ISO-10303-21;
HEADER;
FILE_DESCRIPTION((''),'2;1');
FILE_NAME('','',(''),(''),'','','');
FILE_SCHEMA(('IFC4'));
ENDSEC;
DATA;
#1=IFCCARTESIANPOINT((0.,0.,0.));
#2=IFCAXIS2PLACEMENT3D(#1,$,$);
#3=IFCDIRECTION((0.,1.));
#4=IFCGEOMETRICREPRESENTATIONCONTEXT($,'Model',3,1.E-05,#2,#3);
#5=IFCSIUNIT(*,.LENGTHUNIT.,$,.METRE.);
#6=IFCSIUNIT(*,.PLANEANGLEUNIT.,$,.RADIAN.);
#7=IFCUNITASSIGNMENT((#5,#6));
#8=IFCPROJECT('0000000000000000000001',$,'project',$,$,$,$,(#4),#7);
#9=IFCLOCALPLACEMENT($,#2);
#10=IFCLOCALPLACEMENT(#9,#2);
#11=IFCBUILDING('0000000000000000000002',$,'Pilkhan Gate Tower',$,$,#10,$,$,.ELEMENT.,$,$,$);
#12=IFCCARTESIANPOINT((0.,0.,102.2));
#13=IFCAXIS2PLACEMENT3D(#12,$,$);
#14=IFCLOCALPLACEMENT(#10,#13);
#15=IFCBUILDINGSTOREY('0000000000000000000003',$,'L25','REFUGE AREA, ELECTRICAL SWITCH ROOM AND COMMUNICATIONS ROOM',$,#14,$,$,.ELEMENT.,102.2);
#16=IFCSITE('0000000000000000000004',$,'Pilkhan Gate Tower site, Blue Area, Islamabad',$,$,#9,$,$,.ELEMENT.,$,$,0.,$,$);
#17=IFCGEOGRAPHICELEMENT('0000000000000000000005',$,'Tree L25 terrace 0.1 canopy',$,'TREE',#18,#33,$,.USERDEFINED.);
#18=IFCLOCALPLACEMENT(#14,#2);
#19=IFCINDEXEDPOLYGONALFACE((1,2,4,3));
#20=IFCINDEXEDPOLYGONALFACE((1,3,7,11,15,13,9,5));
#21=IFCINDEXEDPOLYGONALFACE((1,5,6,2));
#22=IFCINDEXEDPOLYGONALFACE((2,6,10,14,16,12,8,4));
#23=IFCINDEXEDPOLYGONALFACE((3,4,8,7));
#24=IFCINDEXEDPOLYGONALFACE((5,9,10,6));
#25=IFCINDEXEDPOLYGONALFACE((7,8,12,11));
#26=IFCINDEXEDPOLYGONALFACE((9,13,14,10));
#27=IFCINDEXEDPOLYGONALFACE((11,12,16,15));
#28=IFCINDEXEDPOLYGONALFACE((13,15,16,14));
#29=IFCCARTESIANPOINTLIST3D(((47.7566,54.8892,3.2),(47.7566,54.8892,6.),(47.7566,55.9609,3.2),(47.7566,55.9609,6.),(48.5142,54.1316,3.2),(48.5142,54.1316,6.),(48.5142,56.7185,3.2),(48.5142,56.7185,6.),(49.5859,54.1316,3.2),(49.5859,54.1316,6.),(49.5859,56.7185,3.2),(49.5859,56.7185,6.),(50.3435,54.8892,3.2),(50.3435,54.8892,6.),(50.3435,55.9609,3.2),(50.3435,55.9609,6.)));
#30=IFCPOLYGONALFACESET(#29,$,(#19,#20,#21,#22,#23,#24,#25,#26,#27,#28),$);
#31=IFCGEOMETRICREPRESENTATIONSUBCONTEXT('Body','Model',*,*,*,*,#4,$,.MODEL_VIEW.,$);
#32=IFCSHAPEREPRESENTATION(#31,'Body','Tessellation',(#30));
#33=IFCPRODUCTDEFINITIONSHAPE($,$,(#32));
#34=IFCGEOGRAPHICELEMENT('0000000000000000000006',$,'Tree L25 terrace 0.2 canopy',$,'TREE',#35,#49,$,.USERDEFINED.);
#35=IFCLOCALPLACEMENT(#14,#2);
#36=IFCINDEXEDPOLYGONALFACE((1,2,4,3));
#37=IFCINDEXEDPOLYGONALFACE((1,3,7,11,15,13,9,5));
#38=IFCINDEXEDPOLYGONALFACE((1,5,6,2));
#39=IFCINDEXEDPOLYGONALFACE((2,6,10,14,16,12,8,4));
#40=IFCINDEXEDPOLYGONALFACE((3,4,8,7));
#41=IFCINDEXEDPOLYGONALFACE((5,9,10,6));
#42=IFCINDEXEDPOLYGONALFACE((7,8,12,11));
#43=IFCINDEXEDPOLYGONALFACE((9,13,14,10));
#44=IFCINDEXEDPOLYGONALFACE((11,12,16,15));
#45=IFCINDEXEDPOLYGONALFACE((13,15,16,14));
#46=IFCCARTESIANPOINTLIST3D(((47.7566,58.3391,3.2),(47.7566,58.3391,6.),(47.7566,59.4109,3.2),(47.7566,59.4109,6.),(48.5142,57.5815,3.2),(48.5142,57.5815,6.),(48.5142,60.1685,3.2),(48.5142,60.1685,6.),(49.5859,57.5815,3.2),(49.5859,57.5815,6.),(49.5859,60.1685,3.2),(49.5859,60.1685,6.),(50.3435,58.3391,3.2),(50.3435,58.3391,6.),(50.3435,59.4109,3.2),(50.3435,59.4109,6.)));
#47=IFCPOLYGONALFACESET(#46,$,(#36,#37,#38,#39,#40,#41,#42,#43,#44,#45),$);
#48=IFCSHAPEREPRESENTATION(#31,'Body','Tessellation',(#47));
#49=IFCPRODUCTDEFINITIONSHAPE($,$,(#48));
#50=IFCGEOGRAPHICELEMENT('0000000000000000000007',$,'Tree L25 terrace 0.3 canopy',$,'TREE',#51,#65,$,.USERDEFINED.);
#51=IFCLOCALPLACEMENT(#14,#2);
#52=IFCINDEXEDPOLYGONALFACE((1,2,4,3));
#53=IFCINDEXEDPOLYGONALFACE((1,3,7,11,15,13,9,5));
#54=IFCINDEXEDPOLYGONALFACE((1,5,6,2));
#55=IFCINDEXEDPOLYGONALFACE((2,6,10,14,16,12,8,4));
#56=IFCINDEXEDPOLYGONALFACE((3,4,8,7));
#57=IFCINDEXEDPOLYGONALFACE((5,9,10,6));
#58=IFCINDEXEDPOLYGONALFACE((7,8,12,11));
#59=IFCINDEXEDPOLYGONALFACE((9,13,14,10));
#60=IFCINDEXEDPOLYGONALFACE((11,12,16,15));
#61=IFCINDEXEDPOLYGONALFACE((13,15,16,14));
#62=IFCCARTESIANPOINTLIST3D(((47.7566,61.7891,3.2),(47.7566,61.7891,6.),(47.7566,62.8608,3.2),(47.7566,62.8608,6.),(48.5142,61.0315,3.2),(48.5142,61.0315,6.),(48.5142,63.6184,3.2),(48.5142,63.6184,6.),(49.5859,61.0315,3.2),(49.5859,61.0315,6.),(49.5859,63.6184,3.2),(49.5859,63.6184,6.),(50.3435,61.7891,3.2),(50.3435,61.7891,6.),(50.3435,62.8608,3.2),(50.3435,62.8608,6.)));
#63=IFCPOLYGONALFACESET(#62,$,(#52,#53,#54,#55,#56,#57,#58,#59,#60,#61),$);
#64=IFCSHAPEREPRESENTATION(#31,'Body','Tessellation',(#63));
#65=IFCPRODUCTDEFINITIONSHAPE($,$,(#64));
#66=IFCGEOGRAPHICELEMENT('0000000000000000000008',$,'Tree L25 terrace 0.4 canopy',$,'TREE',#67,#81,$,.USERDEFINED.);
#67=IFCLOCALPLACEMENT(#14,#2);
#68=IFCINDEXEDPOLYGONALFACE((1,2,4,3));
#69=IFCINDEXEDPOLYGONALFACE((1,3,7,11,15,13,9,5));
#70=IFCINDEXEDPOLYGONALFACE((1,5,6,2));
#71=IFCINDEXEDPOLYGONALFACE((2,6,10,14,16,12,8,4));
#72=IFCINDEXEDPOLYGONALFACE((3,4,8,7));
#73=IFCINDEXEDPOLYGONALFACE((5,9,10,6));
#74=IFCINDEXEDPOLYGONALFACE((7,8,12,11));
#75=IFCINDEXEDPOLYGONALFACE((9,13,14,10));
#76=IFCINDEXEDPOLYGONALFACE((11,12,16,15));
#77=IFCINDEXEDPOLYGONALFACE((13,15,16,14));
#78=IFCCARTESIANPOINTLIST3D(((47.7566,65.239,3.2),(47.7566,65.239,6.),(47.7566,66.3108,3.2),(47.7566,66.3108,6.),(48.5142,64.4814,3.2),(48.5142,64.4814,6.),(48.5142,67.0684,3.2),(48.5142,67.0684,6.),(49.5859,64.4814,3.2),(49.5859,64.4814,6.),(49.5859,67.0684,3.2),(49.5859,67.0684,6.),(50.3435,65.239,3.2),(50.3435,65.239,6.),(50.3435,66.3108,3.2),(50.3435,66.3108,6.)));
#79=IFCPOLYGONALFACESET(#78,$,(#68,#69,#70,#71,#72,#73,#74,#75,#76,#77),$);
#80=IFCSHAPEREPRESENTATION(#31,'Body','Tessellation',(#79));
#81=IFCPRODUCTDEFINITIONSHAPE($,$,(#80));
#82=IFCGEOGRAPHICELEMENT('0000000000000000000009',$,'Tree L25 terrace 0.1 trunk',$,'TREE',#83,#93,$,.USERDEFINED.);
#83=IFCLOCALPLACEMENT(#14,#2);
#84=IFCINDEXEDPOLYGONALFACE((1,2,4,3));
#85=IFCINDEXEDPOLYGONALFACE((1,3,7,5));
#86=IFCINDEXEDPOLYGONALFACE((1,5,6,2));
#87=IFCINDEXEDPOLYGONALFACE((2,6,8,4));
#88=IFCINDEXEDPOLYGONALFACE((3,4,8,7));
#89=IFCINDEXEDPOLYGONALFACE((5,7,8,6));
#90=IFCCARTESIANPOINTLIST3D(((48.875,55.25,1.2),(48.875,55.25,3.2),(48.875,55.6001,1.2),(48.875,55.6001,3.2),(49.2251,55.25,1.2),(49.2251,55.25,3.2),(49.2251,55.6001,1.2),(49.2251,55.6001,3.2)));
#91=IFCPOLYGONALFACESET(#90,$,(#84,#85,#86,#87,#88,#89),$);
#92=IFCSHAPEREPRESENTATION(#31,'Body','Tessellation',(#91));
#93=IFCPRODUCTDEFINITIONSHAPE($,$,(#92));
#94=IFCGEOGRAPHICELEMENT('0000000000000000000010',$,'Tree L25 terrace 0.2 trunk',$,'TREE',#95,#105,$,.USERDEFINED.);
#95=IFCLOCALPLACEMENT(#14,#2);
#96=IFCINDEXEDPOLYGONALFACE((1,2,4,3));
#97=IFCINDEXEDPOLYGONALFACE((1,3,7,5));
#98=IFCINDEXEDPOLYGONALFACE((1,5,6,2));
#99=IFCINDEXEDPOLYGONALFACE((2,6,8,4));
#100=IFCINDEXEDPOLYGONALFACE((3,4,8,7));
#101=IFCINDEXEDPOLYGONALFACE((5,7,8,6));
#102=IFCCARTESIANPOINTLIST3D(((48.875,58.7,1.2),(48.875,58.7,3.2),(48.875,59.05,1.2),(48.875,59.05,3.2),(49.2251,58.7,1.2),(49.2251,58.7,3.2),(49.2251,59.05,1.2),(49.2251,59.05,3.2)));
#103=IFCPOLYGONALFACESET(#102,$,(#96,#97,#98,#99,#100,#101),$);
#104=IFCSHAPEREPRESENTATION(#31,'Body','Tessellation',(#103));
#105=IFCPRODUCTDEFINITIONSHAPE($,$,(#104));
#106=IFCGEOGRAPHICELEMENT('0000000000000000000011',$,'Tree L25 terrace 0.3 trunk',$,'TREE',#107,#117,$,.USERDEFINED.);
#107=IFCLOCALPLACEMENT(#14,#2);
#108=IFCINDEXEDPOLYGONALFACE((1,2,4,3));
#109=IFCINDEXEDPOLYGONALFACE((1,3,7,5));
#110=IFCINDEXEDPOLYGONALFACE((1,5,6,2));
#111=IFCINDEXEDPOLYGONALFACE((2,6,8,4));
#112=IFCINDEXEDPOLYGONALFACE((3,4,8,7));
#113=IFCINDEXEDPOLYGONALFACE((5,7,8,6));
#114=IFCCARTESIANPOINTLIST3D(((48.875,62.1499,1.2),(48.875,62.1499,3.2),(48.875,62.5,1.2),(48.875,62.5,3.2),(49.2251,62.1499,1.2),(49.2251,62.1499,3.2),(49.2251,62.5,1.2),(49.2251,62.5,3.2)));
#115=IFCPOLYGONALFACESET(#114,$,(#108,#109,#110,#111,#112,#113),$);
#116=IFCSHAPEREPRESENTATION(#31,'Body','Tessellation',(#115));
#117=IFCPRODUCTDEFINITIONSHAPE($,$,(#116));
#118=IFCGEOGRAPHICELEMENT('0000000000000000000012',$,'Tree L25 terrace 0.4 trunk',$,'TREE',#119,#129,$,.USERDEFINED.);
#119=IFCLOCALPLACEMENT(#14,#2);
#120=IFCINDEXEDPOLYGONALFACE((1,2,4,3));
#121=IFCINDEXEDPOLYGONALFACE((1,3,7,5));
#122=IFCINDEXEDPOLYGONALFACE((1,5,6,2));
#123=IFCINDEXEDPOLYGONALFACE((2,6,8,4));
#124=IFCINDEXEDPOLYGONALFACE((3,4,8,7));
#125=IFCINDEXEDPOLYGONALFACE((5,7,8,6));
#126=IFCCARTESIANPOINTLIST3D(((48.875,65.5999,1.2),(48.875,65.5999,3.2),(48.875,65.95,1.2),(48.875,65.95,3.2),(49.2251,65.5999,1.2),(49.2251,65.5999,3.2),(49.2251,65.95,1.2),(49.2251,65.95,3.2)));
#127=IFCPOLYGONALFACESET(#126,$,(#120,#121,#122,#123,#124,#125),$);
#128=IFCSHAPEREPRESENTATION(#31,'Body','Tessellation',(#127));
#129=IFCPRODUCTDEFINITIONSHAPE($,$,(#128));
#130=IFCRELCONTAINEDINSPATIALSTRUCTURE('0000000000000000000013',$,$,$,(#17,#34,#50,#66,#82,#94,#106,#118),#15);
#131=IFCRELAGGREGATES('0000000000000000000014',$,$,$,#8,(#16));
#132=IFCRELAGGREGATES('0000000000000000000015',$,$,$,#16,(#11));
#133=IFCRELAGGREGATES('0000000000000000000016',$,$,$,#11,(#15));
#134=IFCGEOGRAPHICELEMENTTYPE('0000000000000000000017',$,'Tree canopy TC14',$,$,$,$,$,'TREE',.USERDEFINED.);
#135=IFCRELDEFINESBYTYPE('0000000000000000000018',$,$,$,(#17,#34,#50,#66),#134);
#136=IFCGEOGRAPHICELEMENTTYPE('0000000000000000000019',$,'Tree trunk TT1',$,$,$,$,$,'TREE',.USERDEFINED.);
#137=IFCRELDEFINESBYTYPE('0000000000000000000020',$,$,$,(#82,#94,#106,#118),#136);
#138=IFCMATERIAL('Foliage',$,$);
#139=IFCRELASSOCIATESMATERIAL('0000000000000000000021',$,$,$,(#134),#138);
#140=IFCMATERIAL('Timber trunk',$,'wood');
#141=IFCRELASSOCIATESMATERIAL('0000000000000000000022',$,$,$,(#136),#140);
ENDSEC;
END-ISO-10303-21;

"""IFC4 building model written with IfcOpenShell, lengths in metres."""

from ifc_helpers import new_model, si_unit, direction, frame, origin, origin_2d, place, context, subcontext, project, spatial, polyline, rectangle, outline, extrude, material, material_profile, profile_set, type_object, element, save


model = new_model("IFC4")

# Units and contexts
model_context = context("Model", 3, precision=1e-05, world=origin(), true_north=direction((0.0, 1.0)))
body_context = subcontext(model_context, "Body", "Model", "MODEL_VIEW")
ifc_project = project(units=[si_unit("LENGTHUNIT", "METRE"), si_unit("PLANEANGLEUNIT", "RADIAN")], contexts=[model_context])

# Site, building, storey
site_placement = place(None, origin())
site = spatial("IfcSite", under=ifc_project, at=site_placement, Name="Pilkhan Gate Tower site, Blue Area, Islamabad", CompositionType="ELEMENT", RefElevation=0.0)
building_placement = place(site_placement, origin())
building = spatial("IfcBuilding", under=site, at=building_placement, Name="Pilkhan Gate Tower", CompositionType="ELEMENT")
storey_placement = place(building_placement, frame((0.0, 0.0, 102.2)))
storey = spatial("IfcBuildingStorey", under=building, at=storey_placement, Name="L25", Description="REFUGE AREA, ELECTRICAL SWITCH ROOM AND COMMUNICATIONS ROOM", CompositionType="ELEMENT", Elevation=102.2)

# Geographic elements
ifc_material_1 = material(Name="Foliage")
ifc_material_profile_1 = material_profile(ifc_material_1, outline(polyline([(1.2935, 0.5359), (0.5359, 1.2935), (-0.5359, 1.2935), (-1.2935, 0.5359), (-1.2935, -0.5359), (-0.5359, -1.2935), (0.5359, -1.2935), (1.2935, -0.5359), (1.2935, 0.5359)])), Name="Canopy D2.8")
ifc_profile_set_1 = profile_set([ifc_material_profile_1], Name="Foliage")
geographic_element_type_1 = type_object("IfcGeographicElementType", Name="Tree canopy TC14", ElementType="TREE", PredefinedType="USERDEFINED", material=ifc_profile_set_1)
for number, where, z_axis, x_axis, name in (
    (1, (49.05, 55.425, 3.2), (0.0, 0.0, 1.0), (1.0, 0.0, 0.0), "Tree L25 terrace 0.1 canopy"),
    (2, (49.05, 58.875, 3.2), (0.0, 0.0, 1.0), (1.0, 0.0, 0.0), "Tree L25 terrace 0.2 canopy"),
    (3, (49.05, 62.325, 3.2), (0.0, 0.0, 1.0), (1.0, 0.0, 0.0), "Tree L25 terrace 0.3 canopy"),
    (4, (49.05, 65.7749, 3.2), (0.0, 0.0, 1.0), (1.0, 0.0, 0.0), "Tree L25 terrace 0.4 canopy"),
):
    element("IfcGeographicElement", number, at=place(storey_placement, frame(where, z_axis=z_axis, x_axis=x_axis)), inside=storey, type_object=geographic_element_type_1, Name=name, ObjectType="TREE", PredefinedType="USERDEFINED", context=body_context, shape_type="SweptSolid", body=[
        extrude(outline(polyline([(1.2935, 0.5359), (0.5359, 1.2935), (-0.5359, 1.2935), (-1.2935, 0.5359), (-1.2935, -0.5359), (-0.5359, -1.2935), (0.5359, -1.2935), (1.2935, -0.5359), (1.2935, 0.5359)])), origin(), (0.0, 0.0, 1.0), 2.8),
    ])
ifc_material_2 = material(Name="Timber trunk", Category="wood")
geographic_element_type_2 = type_object("IfcGeographicElementType", Name="Tree trunk TT1", ElementType="TREE", PredefinedType="USERDEFINED", material=ifc_material_2)
for number, where, z_axis, x_axis, name in (
    (5, (49.05, 55.425, 1.2), (0.0, 0.0, 1.0), (1.0, 0.0, 0.0), "Tree L25 terrace 0.1 trunk"),
    (6, (49.05, 58.875, 1.2), (0.0, 0.0, 1.0), (1.0, 0.0, 0.0), "Tree L25 terrace 0.2 trunk"),
    (7, (49.05, 62.325, 1.2), (0.0, 0.0, 1.0), (1.0, 0.0, 0.0), "Tree L25 terrace 0.3 trunk"),
    (8, (49.05, 65.7749, 1.2), (0.0, 0.0, 1.0), (1.0, 0.0, 0.0), "Tree L25 terrace 0.4 trunk"),
):
    element("IfcGeographicElement", number, at=place(storey_placement, frame(where, z_axis=z_axis, x_axis=x_axis)), inside=storey, type_object=geographic_element_type_2, Name=name, ObjectType="TREE", PredefinedType="USERDEFINED", context=body_context, shape_type="SweptSolid", body=[
        extrude(rectangle(XDim=0.3501, YDim=0.3501, at=origin_2d()), origin(), (0.0, 0.0, 1.0), 2.0),
    ])

save(model, "model.ifc")
